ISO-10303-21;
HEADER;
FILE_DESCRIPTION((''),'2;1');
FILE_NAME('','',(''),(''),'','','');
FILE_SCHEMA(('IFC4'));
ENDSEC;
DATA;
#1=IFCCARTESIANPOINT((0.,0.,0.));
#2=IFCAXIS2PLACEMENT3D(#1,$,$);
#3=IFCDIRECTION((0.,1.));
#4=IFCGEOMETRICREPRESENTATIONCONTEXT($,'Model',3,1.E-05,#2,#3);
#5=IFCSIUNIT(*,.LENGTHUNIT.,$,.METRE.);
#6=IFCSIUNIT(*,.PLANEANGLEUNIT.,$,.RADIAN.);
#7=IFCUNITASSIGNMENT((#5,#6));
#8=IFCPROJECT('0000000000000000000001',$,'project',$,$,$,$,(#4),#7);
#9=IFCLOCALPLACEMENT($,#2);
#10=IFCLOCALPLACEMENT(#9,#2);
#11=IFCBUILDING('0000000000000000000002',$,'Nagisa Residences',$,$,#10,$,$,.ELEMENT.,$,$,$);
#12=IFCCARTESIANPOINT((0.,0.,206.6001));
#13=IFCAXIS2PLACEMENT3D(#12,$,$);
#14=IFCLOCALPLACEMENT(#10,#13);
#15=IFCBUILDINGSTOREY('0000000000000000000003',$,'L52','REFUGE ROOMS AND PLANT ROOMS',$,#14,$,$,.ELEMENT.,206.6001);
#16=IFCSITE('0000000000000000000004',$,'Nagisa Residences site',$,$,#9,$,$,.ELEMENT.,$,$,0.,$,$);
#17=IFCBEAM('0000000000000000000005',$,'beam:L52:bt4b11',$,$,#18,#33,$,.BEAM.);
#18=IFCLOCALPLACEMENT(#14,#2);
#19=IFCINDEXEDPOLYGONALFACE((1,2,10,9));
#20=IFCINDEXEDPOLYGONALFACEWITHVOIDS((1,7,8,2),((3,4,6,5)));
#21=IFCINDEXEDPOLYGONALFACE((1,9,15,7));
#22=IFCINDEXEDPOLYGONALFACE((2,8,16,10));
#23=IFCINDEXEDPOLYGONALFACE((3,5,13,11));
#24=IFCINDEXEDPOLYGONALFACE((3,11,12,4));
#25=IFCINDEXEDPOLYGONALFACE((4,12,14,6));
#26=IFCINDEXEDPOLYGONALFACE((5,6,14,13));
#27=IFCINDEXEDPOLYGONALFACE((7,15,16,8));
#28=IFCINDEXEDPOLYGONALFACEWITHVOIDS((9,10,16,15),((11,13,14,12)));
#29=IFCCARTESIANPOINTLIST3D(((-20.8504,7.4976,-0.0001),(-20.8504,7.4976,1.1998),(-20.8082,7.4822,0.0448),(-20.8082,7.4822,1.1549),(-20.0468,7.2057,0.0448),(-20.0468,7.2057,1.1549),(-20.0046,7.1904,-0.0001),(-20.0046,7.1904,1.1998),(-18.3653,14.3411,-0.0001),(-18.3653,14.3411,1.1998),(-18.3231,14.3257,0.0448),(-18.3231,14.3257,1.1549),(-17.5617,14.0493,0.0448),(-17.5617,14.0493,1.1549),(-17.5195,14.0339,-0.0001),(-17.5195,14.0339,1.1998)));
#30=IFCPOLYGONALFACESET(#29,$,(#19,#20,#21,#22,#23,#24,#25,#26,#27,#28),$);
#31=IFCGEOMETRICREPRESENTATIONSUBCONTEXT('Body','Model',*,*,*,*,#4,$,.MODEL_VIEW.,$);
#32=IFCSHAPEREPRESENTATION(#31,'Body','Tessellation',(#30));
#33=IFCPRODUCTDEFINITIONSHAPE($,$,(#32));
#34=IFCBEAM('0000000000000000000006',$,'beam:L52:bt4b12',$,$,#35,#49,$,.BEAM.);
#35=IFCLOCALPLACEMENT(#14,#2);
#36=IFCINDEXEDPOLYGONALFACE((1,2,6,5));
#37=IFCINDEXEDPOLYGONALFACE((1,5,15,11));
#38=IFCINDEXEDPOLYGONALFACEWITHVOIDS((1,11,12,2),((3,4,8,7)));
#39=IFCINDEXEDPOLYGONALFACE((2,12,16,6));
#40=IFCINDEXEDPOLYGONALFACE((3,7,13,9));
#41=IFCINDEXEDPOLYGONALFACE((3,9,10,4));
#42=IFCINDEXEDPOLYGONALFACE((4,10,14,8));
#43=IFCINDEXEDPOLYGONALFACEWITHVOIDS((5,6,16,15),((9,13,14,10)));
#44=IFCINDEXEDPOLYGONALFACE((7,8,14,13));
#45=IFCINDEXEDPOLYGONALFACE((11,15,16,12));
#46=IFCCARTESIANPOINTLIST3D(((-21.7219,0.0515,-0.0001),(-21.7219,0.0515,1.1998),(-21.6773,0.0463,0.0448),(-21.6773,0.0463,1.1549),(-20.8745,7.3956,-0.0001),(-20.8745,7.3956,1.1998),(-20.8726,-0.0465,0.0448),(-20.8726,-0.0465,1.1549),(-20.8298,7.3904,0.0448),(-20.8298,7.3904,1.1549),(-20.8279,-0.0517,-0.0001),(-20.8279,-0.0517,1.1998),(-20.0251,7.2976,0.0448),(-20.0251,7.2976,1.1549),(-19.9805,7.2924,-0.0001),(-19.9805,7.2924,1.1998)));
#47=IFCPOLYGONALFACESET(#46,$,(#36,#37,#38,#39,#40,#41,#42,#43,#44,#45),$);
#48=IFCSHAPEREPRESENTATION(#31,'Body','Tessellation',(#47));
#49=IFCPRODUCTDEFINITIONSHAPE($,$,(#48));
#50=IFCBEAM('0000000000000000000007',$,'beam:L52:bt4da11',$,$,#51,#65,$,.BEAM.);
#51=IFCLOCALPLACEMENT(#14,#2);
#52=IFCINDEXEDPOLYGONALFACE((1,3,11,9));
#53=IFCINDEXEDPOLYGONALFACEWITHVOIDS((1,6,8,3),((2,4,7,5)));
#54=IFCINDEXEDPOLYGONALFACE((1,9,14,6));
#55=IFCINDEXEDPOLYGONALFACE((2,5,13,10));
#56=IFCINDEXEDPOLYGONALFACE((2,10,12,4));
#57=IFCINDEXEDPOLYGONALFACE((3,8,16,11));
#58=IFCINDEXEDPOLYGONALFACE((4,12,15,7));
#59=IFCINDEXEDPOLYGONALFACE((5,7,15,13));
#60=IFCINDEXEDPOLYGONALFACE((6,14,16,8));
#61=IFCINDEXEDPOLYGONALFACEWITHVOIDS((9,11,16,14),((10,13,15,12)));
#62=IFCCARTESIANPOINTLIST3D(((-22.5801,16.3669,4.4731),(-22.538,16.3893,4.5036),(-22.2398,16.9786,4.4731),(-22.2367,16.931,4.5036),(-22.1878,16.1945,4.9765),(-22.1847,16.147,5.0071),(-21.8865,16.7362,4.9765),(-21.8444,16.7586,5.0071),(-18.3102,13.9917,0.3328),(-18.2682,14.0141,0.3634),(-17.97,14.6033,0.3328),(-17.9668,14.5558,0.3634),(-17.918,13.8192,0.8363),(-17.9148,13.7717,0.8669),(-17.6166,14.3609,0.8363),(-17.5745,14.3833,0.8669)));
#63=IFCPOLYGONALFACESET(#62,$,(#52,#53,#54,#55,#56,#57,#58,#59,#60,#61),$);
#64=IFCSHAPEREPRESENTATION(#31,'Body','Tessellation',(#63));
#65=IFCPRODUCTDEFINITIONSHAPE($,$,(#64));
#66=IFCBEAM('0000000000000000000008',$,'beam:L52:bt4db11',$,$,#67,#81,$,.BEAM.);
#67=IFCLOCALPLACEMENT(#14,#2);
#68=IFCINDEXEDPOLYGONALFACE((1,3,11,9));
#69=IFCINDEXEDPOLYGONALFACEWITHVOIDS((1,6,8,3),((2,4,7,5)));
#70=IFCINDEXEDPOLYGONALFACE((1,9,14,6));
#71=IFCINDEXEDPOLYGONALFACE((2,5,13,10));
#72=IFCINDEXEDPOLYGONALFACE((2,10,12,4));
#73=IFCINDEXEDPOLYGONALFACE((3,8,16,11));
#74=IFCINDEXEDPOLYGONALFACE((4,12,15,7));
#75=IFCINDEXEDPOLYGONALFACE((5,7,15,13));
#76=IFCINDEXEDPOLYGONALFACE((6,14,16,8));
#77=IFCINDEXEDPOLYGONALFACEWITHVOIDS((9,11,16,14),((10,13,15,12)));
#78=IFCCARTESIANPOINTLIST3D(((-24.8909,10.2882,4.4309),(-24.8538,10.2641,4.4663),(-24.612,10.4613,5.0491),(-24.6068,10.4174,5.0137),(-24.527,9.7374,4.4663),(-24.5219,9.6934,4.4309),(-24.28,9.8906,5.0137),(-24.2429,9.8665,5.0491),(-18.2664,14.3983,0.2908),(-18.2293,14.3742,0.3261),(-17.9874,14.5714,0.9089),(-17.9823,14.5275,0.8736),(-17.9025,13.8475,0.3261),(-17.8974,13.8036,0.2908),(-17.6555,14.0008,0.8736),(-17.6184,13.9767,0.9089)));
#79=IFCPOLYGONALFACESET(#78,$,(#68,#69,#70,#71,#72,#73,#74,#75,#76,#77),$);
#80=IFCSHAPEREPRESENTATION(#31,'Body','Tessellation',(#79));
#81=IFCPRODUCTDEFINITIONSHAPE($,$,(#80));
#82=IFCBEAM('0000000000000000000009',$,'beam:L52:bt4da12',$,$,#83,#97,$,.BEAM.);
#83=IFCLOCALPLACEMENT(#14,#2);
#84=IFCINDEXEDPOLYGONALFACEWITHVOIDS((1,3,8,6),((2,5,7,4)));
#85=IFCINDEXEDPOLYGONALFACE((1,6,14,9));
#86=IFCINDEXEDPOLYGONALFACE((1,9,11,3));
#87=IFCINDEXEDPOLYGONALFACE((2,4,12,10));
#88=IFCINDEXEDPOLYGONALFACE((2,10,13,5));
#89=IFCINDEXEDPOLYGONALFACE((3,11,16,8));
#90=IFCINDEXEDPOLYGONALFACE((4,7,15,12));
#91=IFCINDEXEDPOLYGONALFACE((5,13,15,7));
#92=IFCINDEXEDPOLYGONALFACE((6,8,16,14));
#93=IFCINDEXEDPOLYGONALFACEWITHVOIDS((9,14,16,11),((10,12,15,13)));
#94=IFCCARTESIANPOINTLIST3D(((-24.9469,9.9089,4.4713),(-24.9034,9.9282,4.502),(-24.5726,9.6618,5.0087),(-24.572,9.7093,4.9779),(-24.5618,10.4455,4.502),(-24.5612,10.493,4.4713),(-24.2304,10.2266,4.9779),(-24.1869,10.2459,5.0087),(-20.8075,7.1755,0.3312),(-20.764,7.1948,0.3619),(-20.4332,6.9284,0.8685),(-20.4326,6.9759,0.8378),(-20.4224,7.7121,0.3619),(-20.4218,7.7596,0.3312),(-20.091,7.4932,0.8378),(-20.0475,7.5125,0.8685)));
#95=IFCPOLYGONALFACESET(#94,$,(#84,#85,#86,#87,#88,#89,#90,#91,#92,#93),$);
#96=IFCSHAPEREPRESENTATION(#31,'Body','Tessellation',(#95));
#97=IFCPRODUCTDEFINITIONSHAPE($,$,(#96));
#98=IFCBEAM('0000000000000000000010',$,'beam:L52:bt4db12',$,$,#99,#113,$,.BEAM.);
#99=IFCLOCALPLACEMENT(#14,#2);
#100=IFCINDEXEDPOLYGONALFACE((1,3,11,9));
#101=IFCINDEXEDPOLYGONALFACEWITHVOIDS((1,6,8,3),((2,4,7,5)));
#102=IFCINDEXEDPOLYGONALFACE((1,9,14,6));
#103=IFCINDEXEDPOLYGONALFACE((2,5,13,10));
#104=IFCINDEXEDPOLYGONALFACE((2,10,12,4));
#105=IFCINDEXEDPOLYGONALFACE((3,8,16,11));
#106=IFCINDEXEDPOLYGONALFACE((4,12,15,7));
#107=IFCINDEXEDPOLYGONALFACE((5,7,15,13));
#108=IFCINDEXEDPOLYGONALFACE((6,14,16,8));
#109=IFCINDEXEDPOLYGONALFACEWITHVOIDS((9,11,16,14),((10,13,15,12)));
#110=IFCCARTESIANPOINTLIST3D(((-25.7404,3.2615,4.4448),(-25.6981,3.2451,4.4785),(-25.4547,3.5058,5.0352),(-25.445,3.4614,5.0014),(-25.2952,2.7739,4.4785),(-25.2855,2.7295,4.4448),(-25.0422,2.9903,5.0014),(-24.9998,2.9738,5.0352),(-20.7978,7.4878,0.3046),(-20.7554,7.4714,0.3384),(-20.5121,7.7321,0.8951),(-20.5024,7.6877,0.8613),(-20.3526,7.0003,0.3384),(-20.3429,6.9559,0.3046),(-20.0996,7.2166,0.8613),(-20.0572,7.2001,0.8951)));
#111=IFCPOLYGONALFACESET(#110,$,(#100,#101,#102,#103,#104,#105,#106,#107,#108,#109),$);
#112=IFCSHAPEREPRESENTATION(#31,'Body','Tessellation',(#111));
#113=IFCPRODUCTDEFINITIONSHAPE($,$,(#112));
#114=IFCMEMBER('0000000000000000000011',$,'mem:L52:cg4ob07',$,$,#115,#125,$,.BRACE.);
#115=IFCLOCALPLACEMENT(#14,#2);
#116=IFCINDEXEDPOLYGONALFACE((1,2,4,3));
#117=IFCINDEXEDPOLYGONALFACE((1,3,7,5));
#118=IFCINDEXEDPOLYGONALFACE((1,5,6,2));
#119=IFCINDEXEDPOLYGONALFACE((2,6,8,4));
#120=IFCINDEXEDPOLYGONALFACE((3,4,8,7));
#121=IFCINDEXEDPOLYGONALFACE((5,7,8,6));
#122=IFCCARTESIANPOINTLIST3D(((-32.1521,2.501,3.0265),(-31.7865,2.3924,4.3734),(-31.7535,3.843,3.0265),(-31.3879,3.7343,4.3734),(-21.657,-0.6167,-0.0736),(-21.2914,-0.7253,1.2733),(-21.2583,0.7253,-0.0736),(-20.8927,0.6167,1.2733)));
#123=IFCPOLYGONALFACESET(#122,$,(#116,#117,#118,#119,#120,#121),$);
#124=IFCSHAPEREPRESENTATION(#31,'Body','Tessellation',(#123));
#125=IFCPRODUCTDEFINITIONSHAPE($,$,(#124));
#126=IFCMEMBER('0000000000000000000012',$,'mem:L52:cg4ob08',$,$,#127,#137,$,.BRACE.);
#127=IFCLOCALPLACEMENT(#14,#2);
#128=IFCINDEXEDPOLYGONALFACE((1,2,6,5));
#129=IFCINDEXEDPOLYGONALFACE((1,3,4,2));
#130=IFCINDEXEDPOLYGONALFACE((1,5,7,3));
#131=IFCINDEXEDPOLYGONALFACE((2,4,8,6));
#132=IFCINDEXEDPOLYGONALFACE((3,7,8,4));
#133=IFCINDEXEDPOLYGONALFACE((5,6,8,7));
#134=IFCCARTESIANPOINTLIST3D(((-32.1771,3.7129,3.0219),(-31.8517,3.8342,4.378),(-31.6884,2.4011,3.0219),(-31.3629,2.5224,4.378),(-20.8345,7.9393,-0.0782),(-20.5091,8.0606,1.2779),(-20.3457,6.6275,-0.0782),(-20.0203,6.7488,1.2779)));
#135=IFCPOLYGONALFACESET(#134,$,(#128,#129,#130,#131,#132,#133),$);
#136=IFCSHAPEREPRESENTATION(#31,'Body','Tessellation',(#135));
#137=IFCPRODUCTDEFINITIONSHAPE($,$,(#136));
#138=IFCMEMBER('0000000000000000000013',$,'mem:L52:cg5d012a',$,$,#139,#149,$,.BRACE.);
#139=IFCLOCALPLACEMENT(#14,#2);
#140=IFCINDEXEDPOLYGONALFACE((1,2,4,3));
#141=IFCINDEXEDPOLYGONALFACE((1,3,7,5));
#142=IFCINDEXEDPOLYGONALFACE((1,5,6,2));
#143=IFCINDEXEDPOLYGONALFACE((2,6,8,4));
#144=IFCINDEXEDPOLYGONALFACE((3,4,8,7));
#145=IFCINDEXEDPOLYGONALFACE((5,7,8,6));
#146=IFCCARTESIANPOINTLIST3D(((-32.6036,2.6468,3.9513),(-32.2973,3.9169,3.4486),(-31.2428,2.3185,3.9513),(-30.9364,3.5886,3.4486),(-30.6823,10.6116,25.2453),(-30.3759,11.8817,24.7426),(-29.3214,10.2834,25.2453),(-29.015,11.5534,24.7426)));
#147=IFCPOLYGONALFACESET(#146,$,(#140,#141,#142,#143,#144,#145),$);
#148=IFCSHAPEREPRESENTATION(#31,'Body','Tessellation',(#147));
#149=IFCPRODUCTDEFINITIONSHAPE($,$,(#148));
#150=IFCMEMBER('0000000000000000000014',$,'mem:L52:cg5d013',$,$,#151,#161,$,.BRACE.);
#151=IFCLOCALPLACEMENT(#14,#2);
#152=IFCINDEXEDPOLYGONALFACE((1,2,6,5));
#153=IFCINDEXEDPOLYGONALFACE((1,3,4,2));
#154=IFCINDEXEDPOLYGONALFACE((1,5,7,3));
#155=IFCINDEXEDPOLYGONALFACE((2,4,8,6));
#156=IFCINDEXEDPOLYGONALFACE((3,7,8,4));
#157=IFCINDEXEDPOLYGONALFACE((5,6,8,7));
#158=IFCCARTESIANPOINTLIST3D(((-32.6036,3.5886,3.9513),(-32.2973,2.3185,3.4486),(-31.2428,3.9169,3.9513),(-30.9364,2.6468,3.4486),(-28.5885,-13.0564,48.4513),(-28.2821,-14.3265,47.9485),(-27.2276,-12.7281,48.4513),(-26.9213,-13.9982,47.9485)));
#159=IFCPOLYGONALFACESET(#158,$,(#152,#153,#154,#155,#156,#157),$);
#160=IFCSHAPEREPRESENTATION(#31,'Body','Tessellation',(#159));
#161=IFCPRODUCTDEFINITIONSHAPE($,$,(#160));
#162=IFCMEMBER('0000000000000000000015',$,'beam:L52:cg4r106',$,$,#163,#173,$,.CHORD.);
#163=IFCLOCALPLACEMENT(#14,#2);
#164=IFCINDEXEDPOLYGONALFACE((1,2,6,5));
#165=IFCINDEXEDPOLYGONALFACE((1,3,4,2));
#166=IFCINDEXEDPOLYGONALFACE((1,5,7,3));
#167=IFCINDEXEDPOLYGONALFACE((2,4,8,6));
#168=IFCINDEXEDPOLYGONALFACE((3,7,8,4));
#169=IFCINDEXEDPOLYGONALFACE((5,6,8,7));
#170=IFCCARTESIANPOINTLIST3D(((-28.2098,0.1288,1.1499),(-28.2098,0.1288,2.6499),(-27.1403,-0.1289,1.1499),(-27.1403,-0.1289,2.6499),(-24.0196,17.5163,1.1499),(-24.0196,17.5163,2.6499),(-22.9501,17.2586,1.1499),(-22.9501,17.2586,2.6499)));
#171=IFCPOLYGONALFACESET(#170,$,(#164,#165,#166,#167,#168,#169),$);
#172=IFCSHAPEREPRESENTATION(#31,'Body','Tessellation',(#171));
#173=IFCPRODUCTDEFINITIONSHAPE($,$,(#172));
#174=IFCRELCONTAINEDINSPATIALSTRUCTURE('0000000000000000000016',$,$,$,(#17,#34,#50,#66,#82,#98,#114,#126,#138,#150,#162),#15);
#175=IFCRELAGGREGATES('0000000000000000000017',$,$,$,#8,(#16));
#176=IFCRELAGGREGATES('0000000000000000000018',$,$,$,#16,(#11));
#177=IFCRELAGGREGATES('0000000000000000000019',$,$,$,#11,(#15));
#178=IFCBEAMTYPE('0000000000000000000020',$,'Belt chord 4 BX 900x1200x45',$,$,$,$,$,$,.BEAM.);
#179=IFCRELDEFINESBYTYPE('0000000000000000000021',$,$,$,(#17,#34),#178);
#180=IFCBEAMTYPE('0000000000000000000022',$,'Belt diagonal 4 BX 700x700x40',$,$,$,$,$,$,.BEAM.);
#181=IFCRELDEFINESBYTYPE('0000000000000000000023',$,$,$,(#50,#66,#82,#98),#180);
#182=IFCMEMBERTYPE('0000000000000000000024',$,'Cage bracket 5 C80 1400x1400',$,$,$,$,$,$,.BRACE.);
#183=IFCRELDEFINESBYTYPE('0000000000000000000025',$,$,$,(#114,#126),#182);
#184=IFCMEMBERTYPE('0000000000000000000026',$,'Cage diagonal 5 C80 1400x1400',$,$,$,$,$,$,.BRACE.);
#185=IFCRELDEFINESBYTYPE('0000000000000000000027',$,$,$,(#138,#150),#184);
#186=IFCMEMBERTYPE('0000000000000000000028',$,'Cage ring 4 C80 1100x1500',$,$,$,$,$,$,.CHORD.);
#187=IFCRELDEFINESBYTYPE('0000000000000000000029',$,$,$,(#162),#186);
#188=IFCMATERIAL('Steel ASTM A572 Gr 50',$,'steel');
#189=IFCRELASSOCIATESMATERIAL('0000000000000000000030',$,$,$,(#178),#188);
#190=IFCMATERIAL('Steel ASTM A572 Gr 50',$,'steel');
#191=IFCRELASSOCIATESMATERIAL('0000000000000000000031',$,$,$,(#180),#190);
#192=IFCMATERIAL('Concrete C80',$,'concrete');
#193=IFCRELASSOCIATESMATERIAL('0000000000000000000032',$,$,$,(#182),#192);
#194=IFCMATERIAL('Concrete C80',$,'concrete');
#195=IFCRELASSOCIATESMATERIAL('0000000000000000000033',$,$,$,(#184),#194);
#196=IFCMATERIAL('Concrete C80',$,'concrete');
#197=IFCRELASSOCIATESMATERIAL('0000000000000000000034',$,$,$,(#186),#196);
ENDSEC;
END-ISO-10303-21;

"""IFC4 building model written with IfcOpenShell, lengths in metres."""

from ifc_helpers import new_model, si_unit, direction, frame, origin, origin_2d, place, context, subcontext, project, spatial, rectangle, hollow_rectangle, extrude, material, material_profile, profile_set, type_object, element, save


model = new_model("IFC4")

# Units and contexts
model_context = context("Model", 3, precision=1e-05, world=origin(), true_north=direction((0.0, 1.0)))
body_context = subcontext(model_context, "Body", "Model", "MODEL_VIEW")
ifc_project = project(units=[si_unit("LENGTHUNIT", "METRE"), si_unit("PLANEANGLEUNIT", "RADIAN")], contexts=[model_context])

# Site, building, storey
site_placement = place(None, origin())
site = spatial("IfcSite", under=ifc_project, at=site_placement, Name="Nagisa Residences site", CompositionType="ELEMENT", RefElevation=0.0)
building_placement = place(site_placement, origin())
building = spatial("IfcBuilding", under=site, at=building_placement, Name="Nagisa Residences", CompositionType="ELEMENT")
storey_placement = place(building_placement, frame((0.0, 0.0, 206.6001)))
storey = spatial("IfcBuildingStorey", under=building, at=storey_placement, Name="L52", Description="REFUGE ROOMS AND PLANT ROOMS", CompositionType="ELEMENT", Elevation=206.6001)

# Beams
ifc_material_1 = material(Name="Steel ASTM A572 Gr 50", Category="steel")
ifc_material_profile_1 = material_profile(ifc_material_1, hollow_rectangle(XDim=0.8999, YDim=1.2, WallThickness=0.0449, at=origin_2d()), Name="BX 900x1200x45")
ifc_profile_set_1 = profile_set([ifc_material_profile_1], Name="Steel ASTM A572 Gr 50")
beam_type_1 = type_object("IfcBeamType", Name="Belt chord 4 BX 900x1200x45", PredefinedType="BEAM", material=ifc_profile_set_1)
beam_1_placement = place(storey_placement, frame((-17.9424, 14.1875, 0.5999), z_axis=(-0.341326, -0.939945, 0.0), x_axis=(0.939945, -0.341326, 0.0)))
element("IfcBeam", 1, at=beam_1_placement, inside=storey, type_object=beam_type_1, Name="beam:L52:bt4b11", PredefinedType="BEAM", context=body_context, shape_type="SweptSolid", body=[
    extrude(hollow_rectangle(XDim=0.8999, YDim=1.2, WallThickness=0.0449, at=origin_2d()), origin(), (0.0, 0.0, 1.0), 7.2808),
])
beam_2_placement = place(storey_placement, frame((-20.4275, 7.344, 0.5999), z_axis=(-0.114628, -0.993409, 0.0), x_axis=(0.993409, -0.114628, 0.0)))
element("IfcBeam", 2, at=beam_2_placement, inside=storey, type_object=beam_type_1, Name="beam:L52:bt4b12", PredefinedType="BEAM", context=body_context, shape_type="SweptSolid", body=[
    extrude(hollow_rectangle(XDim=0.8999, YDim=1.2, WallThickness=0.0449, at=origin_2d()), origin(), (0.0, 0.0, 1.0), 7.3928),
])
ifc_material_2 = material(Name="Steel ASTM A572 Gr 50", Category="steel")
ifc_material_profile_2 = material_profile(ifc_material_2, hollow_rectangle(XDim=0.7, YDim=0.7, WallThickness=0.04, at=origin_2d()), Name="BX 700x700x40")
ifc_profile_set_2 = profile_set([ifc_material_profile_2], Name="Steel ASTM A572 Gr 50")
beam_type_2 = type_object("IfcBeamType", Name="Belt diagonal 4 BX 700x700x40", PredefinedType="BEAM", material=ifc_profile_set_2)
beam_3_placement = place(storey_placement, frame((-17.9424, 14.1875, 0.5999), z_axis=(-0.666717, 0.37089, 0.646474), x_axis=(-0.486135, -0.873884, 0.0)))
element("IfcBeam", 3, at=beam_3_placement, inside=storey, type_object=beam_type_2, Name="beam:L52:bt4da11", PredefinedType="BEAM", context=body_context, shape_type="SweptSolid", body=[
    extrude(hollow_rectangle(XDim=0.7, YDim=0.7, WallThickness=0.04, at=origin_2d()), origin(), (0.0, 0.0, 1.0), 6.4043),
])
beam_4_placement = place(storey_placement, frame((-17.9424, 14.1875, 0.5999), z_axis=(-0.750473, -0.465623, 0.469025), x_axis=(0.527209, -0.849735, 0.0)))
element("IfcBeam", 4, at=beam_4_placement, inside=storey, type_object=beam_type_2, Name="beam:L52:bt4db11", PredefinedType="BEAM", context=body_context, shape_type="SweptSolid", body=[
    extrude(hollow_rectangle(XDim=0.7, YDim=0.7, WallThickness=0.04, at=origin_2d()), origin(), (0.0, 0.0, 1.0), 8.8271),
])
beam_5_placement = place(storey_placement, frame((-20.4275, 7.344, 0.5999), z_axis=(-0.640657, 0.423049, 0.640771), x_axis=(-0.551038, -0.83448, 0.0)))
element("IfcBeam", 5, at=beam_5_placement, inside=storey, type_object=beam_type_2, Name="beam:L52:bt4da12", PredefinedType="BEAM", context=body_context, shape_type="SweptSolid", body=[
    extrude(hollow_rectangle(XDim=0.7, YDim=0.7, WallThickness=0.04, at=origin_2d()), origin(), (0.0, 0.0, 1.0), 6.4612),
])
beam_6_placement = place(storey_placement, frame((-20.4275, 7.344, 0.5999), z_axis=(-0.641132, -0.548216, 0.537037), x_axis=(0.649885, -0.760033, 0.0)))
element("IfcBeam", 6, at=beam_6_placement, inside=storey, type_object=beam_type_2, Name="beam:L52:bt4db12", PredefinedType="BEAM", context=body_context, shape_type="SweptSolid", body=[
    extrude(hollow_rectangle(XDim=0.7, YDim=0.7, WallThickness=0.04, at=origin_2d()), origin(), (0.0, 0.0, 1.0), 7.7092),
])

# Members
ifc_material_3 = material(Name="Concrete C80", Category="concrete")
ifc_material_profile_3 = material_profile(ifc_material_3, rectangle(XDim=1.3999, YDim=1.3999, at=origin_2d()), Name="C80 1400x1400")
ifc_profile_set_3 = profile_set([ifc_material_profile_3], Name="Concrete C80")
member_type_1 = type_object("IfcMemberType", Name="Cage bracket 5 C80 1400x1400", PredefinedType="BRACE", material=ifc_profile_set_3)
member_1_placement = place(storey_placement, frame((-31.77, 3.1177, 3.7), z_axis=(0.922336, -0.273989, -0.272444), x_axis=(0.284761, 0.958599, 0.0)))
element("IfcMember", 7, at=member_1_placement, inside=storey, type_object=member_type_1, Name="mem:L52:cg4ob07", PredefinedType="BRACE", context=body_context, shape_type="SweptSolid", body=[
    extrude(rectangle(XDim=1.3999, YDim=1.3999, at=origin_2d()), origin(), (0.0, 0.0, 1.0), 11.3789),
])
member_2_placement = place(storey_placement, frame((-31.77, 3.1177, 3.7), z_axis=(0.907765, 0.33824, -0.248107), x_axis=(-0.349158, 0.937064, 0.0)))
element("IfcMember", 8, at=member_2_placement, inside=storey, type_object=member_type_1, Name="mem:L52:cg4ob08", PredefinedType="BRACE", context=body_context, shape_type="SweptSolid", body=[
    extrude(rectangle(XDim=1.3999, YDim=1.3999, at=origin_2d()), origin(), (0.0, 0.0, 1.0), 12.4951),
])
ifc_material_4 = material(Name="Concrete C80", Category="concrete")
ifc_material_profile_4 = material_profile(ifc_material_4, rectangle(XDim=1.3999, YDim=1.3999, at=origin_2d()), Name="C80 1400x1400")
ifc_profile_set_4 = profile_set([ifc_material_profile_4], Name="Concrete C80")
member_type_2 = type_object("IfcMemberType", Name="Cage diagonal 5 C80 1400x1400", PredefinedType="BRACE", material=ifc_profile_set_4)
member_3_placement = place(storey_placement, frame((-31.77, 3.1177, 3.7), z_axis=(0.084213, 0.349093, 0.933297), x_axis=(-0.972115, 0.234507, 0.0)))
element("IfcMember", 9, at=member_3_placement, inside=storey, type_object=member_type_2, Name="mem:L52:cg5d012a", PredefinedType="BRACE", context=body_context, shape_type="SweptSolid", body=[
    extrude(rectangle(XDim=1.3999, YDim=1.3999, at=origin_2d()), origin(), (0.0, 0.0, 1.0), 22.8159),
])
member_4_placement = place(storey_placement, frame((-31.77, 3.1177, 3.7), z_axis=(0.084209, -0.349095, 0.933296), x_axis=(0.972117, 0.234496, 0.0)))
element("IfcMember", 10, at=member_4_placement, inside=storey, type_object=member_type_2, Name="mem:L52:cg5d013", PredefinedType="BRACE", context=body_context, shape_type="SweptSolid", body=[
    extrude(rectangle(XDim=1.3999, YDim=1.3999, at=origin_2d()), origin(), (0.0, 0.0, 1.0), 47.6804),
])
ifc_material_5 = material(Name="Concrete C80", Category="concrete")
ifc_material_profile_5 = material_profile(ifc_material_5, rectangle(XDim=1.1001, YDim=1.5, at=origin_2d()), Name="C80 1100x1500")
ifc_profile_set_5 = profile_set([ifc_material_profile_5], Name="Concrete C80")
member_type_3 = type_object("IfcMemberType", Name="Cage ring 4 C80 1100x1500", PredefinedType="CHORD", material=ifc_profile_set_5)
member_5_placement = place(storey_placement, frame((-23.4849, 17.3875, 1.8999), z_axis=(-0.234282, -0.972169, 0.0), x_axis=(0.972169, -0.234282, 0.0)))
element("IfcMember", 11, at=member_5_placement, inside=storey, type_object=member_type_3, Name="beam:L52:cg4r106", PredefinedType="CHORD", context=body_context, shape_type="SweptSolid", body=[
    extrude(rectangle(XDim=1.1001, YDim=1.5, at=origin_2d()), origin(), (0.0, 0.0, 1.0), 17.8853),
])

save(model, "model.ifc")
